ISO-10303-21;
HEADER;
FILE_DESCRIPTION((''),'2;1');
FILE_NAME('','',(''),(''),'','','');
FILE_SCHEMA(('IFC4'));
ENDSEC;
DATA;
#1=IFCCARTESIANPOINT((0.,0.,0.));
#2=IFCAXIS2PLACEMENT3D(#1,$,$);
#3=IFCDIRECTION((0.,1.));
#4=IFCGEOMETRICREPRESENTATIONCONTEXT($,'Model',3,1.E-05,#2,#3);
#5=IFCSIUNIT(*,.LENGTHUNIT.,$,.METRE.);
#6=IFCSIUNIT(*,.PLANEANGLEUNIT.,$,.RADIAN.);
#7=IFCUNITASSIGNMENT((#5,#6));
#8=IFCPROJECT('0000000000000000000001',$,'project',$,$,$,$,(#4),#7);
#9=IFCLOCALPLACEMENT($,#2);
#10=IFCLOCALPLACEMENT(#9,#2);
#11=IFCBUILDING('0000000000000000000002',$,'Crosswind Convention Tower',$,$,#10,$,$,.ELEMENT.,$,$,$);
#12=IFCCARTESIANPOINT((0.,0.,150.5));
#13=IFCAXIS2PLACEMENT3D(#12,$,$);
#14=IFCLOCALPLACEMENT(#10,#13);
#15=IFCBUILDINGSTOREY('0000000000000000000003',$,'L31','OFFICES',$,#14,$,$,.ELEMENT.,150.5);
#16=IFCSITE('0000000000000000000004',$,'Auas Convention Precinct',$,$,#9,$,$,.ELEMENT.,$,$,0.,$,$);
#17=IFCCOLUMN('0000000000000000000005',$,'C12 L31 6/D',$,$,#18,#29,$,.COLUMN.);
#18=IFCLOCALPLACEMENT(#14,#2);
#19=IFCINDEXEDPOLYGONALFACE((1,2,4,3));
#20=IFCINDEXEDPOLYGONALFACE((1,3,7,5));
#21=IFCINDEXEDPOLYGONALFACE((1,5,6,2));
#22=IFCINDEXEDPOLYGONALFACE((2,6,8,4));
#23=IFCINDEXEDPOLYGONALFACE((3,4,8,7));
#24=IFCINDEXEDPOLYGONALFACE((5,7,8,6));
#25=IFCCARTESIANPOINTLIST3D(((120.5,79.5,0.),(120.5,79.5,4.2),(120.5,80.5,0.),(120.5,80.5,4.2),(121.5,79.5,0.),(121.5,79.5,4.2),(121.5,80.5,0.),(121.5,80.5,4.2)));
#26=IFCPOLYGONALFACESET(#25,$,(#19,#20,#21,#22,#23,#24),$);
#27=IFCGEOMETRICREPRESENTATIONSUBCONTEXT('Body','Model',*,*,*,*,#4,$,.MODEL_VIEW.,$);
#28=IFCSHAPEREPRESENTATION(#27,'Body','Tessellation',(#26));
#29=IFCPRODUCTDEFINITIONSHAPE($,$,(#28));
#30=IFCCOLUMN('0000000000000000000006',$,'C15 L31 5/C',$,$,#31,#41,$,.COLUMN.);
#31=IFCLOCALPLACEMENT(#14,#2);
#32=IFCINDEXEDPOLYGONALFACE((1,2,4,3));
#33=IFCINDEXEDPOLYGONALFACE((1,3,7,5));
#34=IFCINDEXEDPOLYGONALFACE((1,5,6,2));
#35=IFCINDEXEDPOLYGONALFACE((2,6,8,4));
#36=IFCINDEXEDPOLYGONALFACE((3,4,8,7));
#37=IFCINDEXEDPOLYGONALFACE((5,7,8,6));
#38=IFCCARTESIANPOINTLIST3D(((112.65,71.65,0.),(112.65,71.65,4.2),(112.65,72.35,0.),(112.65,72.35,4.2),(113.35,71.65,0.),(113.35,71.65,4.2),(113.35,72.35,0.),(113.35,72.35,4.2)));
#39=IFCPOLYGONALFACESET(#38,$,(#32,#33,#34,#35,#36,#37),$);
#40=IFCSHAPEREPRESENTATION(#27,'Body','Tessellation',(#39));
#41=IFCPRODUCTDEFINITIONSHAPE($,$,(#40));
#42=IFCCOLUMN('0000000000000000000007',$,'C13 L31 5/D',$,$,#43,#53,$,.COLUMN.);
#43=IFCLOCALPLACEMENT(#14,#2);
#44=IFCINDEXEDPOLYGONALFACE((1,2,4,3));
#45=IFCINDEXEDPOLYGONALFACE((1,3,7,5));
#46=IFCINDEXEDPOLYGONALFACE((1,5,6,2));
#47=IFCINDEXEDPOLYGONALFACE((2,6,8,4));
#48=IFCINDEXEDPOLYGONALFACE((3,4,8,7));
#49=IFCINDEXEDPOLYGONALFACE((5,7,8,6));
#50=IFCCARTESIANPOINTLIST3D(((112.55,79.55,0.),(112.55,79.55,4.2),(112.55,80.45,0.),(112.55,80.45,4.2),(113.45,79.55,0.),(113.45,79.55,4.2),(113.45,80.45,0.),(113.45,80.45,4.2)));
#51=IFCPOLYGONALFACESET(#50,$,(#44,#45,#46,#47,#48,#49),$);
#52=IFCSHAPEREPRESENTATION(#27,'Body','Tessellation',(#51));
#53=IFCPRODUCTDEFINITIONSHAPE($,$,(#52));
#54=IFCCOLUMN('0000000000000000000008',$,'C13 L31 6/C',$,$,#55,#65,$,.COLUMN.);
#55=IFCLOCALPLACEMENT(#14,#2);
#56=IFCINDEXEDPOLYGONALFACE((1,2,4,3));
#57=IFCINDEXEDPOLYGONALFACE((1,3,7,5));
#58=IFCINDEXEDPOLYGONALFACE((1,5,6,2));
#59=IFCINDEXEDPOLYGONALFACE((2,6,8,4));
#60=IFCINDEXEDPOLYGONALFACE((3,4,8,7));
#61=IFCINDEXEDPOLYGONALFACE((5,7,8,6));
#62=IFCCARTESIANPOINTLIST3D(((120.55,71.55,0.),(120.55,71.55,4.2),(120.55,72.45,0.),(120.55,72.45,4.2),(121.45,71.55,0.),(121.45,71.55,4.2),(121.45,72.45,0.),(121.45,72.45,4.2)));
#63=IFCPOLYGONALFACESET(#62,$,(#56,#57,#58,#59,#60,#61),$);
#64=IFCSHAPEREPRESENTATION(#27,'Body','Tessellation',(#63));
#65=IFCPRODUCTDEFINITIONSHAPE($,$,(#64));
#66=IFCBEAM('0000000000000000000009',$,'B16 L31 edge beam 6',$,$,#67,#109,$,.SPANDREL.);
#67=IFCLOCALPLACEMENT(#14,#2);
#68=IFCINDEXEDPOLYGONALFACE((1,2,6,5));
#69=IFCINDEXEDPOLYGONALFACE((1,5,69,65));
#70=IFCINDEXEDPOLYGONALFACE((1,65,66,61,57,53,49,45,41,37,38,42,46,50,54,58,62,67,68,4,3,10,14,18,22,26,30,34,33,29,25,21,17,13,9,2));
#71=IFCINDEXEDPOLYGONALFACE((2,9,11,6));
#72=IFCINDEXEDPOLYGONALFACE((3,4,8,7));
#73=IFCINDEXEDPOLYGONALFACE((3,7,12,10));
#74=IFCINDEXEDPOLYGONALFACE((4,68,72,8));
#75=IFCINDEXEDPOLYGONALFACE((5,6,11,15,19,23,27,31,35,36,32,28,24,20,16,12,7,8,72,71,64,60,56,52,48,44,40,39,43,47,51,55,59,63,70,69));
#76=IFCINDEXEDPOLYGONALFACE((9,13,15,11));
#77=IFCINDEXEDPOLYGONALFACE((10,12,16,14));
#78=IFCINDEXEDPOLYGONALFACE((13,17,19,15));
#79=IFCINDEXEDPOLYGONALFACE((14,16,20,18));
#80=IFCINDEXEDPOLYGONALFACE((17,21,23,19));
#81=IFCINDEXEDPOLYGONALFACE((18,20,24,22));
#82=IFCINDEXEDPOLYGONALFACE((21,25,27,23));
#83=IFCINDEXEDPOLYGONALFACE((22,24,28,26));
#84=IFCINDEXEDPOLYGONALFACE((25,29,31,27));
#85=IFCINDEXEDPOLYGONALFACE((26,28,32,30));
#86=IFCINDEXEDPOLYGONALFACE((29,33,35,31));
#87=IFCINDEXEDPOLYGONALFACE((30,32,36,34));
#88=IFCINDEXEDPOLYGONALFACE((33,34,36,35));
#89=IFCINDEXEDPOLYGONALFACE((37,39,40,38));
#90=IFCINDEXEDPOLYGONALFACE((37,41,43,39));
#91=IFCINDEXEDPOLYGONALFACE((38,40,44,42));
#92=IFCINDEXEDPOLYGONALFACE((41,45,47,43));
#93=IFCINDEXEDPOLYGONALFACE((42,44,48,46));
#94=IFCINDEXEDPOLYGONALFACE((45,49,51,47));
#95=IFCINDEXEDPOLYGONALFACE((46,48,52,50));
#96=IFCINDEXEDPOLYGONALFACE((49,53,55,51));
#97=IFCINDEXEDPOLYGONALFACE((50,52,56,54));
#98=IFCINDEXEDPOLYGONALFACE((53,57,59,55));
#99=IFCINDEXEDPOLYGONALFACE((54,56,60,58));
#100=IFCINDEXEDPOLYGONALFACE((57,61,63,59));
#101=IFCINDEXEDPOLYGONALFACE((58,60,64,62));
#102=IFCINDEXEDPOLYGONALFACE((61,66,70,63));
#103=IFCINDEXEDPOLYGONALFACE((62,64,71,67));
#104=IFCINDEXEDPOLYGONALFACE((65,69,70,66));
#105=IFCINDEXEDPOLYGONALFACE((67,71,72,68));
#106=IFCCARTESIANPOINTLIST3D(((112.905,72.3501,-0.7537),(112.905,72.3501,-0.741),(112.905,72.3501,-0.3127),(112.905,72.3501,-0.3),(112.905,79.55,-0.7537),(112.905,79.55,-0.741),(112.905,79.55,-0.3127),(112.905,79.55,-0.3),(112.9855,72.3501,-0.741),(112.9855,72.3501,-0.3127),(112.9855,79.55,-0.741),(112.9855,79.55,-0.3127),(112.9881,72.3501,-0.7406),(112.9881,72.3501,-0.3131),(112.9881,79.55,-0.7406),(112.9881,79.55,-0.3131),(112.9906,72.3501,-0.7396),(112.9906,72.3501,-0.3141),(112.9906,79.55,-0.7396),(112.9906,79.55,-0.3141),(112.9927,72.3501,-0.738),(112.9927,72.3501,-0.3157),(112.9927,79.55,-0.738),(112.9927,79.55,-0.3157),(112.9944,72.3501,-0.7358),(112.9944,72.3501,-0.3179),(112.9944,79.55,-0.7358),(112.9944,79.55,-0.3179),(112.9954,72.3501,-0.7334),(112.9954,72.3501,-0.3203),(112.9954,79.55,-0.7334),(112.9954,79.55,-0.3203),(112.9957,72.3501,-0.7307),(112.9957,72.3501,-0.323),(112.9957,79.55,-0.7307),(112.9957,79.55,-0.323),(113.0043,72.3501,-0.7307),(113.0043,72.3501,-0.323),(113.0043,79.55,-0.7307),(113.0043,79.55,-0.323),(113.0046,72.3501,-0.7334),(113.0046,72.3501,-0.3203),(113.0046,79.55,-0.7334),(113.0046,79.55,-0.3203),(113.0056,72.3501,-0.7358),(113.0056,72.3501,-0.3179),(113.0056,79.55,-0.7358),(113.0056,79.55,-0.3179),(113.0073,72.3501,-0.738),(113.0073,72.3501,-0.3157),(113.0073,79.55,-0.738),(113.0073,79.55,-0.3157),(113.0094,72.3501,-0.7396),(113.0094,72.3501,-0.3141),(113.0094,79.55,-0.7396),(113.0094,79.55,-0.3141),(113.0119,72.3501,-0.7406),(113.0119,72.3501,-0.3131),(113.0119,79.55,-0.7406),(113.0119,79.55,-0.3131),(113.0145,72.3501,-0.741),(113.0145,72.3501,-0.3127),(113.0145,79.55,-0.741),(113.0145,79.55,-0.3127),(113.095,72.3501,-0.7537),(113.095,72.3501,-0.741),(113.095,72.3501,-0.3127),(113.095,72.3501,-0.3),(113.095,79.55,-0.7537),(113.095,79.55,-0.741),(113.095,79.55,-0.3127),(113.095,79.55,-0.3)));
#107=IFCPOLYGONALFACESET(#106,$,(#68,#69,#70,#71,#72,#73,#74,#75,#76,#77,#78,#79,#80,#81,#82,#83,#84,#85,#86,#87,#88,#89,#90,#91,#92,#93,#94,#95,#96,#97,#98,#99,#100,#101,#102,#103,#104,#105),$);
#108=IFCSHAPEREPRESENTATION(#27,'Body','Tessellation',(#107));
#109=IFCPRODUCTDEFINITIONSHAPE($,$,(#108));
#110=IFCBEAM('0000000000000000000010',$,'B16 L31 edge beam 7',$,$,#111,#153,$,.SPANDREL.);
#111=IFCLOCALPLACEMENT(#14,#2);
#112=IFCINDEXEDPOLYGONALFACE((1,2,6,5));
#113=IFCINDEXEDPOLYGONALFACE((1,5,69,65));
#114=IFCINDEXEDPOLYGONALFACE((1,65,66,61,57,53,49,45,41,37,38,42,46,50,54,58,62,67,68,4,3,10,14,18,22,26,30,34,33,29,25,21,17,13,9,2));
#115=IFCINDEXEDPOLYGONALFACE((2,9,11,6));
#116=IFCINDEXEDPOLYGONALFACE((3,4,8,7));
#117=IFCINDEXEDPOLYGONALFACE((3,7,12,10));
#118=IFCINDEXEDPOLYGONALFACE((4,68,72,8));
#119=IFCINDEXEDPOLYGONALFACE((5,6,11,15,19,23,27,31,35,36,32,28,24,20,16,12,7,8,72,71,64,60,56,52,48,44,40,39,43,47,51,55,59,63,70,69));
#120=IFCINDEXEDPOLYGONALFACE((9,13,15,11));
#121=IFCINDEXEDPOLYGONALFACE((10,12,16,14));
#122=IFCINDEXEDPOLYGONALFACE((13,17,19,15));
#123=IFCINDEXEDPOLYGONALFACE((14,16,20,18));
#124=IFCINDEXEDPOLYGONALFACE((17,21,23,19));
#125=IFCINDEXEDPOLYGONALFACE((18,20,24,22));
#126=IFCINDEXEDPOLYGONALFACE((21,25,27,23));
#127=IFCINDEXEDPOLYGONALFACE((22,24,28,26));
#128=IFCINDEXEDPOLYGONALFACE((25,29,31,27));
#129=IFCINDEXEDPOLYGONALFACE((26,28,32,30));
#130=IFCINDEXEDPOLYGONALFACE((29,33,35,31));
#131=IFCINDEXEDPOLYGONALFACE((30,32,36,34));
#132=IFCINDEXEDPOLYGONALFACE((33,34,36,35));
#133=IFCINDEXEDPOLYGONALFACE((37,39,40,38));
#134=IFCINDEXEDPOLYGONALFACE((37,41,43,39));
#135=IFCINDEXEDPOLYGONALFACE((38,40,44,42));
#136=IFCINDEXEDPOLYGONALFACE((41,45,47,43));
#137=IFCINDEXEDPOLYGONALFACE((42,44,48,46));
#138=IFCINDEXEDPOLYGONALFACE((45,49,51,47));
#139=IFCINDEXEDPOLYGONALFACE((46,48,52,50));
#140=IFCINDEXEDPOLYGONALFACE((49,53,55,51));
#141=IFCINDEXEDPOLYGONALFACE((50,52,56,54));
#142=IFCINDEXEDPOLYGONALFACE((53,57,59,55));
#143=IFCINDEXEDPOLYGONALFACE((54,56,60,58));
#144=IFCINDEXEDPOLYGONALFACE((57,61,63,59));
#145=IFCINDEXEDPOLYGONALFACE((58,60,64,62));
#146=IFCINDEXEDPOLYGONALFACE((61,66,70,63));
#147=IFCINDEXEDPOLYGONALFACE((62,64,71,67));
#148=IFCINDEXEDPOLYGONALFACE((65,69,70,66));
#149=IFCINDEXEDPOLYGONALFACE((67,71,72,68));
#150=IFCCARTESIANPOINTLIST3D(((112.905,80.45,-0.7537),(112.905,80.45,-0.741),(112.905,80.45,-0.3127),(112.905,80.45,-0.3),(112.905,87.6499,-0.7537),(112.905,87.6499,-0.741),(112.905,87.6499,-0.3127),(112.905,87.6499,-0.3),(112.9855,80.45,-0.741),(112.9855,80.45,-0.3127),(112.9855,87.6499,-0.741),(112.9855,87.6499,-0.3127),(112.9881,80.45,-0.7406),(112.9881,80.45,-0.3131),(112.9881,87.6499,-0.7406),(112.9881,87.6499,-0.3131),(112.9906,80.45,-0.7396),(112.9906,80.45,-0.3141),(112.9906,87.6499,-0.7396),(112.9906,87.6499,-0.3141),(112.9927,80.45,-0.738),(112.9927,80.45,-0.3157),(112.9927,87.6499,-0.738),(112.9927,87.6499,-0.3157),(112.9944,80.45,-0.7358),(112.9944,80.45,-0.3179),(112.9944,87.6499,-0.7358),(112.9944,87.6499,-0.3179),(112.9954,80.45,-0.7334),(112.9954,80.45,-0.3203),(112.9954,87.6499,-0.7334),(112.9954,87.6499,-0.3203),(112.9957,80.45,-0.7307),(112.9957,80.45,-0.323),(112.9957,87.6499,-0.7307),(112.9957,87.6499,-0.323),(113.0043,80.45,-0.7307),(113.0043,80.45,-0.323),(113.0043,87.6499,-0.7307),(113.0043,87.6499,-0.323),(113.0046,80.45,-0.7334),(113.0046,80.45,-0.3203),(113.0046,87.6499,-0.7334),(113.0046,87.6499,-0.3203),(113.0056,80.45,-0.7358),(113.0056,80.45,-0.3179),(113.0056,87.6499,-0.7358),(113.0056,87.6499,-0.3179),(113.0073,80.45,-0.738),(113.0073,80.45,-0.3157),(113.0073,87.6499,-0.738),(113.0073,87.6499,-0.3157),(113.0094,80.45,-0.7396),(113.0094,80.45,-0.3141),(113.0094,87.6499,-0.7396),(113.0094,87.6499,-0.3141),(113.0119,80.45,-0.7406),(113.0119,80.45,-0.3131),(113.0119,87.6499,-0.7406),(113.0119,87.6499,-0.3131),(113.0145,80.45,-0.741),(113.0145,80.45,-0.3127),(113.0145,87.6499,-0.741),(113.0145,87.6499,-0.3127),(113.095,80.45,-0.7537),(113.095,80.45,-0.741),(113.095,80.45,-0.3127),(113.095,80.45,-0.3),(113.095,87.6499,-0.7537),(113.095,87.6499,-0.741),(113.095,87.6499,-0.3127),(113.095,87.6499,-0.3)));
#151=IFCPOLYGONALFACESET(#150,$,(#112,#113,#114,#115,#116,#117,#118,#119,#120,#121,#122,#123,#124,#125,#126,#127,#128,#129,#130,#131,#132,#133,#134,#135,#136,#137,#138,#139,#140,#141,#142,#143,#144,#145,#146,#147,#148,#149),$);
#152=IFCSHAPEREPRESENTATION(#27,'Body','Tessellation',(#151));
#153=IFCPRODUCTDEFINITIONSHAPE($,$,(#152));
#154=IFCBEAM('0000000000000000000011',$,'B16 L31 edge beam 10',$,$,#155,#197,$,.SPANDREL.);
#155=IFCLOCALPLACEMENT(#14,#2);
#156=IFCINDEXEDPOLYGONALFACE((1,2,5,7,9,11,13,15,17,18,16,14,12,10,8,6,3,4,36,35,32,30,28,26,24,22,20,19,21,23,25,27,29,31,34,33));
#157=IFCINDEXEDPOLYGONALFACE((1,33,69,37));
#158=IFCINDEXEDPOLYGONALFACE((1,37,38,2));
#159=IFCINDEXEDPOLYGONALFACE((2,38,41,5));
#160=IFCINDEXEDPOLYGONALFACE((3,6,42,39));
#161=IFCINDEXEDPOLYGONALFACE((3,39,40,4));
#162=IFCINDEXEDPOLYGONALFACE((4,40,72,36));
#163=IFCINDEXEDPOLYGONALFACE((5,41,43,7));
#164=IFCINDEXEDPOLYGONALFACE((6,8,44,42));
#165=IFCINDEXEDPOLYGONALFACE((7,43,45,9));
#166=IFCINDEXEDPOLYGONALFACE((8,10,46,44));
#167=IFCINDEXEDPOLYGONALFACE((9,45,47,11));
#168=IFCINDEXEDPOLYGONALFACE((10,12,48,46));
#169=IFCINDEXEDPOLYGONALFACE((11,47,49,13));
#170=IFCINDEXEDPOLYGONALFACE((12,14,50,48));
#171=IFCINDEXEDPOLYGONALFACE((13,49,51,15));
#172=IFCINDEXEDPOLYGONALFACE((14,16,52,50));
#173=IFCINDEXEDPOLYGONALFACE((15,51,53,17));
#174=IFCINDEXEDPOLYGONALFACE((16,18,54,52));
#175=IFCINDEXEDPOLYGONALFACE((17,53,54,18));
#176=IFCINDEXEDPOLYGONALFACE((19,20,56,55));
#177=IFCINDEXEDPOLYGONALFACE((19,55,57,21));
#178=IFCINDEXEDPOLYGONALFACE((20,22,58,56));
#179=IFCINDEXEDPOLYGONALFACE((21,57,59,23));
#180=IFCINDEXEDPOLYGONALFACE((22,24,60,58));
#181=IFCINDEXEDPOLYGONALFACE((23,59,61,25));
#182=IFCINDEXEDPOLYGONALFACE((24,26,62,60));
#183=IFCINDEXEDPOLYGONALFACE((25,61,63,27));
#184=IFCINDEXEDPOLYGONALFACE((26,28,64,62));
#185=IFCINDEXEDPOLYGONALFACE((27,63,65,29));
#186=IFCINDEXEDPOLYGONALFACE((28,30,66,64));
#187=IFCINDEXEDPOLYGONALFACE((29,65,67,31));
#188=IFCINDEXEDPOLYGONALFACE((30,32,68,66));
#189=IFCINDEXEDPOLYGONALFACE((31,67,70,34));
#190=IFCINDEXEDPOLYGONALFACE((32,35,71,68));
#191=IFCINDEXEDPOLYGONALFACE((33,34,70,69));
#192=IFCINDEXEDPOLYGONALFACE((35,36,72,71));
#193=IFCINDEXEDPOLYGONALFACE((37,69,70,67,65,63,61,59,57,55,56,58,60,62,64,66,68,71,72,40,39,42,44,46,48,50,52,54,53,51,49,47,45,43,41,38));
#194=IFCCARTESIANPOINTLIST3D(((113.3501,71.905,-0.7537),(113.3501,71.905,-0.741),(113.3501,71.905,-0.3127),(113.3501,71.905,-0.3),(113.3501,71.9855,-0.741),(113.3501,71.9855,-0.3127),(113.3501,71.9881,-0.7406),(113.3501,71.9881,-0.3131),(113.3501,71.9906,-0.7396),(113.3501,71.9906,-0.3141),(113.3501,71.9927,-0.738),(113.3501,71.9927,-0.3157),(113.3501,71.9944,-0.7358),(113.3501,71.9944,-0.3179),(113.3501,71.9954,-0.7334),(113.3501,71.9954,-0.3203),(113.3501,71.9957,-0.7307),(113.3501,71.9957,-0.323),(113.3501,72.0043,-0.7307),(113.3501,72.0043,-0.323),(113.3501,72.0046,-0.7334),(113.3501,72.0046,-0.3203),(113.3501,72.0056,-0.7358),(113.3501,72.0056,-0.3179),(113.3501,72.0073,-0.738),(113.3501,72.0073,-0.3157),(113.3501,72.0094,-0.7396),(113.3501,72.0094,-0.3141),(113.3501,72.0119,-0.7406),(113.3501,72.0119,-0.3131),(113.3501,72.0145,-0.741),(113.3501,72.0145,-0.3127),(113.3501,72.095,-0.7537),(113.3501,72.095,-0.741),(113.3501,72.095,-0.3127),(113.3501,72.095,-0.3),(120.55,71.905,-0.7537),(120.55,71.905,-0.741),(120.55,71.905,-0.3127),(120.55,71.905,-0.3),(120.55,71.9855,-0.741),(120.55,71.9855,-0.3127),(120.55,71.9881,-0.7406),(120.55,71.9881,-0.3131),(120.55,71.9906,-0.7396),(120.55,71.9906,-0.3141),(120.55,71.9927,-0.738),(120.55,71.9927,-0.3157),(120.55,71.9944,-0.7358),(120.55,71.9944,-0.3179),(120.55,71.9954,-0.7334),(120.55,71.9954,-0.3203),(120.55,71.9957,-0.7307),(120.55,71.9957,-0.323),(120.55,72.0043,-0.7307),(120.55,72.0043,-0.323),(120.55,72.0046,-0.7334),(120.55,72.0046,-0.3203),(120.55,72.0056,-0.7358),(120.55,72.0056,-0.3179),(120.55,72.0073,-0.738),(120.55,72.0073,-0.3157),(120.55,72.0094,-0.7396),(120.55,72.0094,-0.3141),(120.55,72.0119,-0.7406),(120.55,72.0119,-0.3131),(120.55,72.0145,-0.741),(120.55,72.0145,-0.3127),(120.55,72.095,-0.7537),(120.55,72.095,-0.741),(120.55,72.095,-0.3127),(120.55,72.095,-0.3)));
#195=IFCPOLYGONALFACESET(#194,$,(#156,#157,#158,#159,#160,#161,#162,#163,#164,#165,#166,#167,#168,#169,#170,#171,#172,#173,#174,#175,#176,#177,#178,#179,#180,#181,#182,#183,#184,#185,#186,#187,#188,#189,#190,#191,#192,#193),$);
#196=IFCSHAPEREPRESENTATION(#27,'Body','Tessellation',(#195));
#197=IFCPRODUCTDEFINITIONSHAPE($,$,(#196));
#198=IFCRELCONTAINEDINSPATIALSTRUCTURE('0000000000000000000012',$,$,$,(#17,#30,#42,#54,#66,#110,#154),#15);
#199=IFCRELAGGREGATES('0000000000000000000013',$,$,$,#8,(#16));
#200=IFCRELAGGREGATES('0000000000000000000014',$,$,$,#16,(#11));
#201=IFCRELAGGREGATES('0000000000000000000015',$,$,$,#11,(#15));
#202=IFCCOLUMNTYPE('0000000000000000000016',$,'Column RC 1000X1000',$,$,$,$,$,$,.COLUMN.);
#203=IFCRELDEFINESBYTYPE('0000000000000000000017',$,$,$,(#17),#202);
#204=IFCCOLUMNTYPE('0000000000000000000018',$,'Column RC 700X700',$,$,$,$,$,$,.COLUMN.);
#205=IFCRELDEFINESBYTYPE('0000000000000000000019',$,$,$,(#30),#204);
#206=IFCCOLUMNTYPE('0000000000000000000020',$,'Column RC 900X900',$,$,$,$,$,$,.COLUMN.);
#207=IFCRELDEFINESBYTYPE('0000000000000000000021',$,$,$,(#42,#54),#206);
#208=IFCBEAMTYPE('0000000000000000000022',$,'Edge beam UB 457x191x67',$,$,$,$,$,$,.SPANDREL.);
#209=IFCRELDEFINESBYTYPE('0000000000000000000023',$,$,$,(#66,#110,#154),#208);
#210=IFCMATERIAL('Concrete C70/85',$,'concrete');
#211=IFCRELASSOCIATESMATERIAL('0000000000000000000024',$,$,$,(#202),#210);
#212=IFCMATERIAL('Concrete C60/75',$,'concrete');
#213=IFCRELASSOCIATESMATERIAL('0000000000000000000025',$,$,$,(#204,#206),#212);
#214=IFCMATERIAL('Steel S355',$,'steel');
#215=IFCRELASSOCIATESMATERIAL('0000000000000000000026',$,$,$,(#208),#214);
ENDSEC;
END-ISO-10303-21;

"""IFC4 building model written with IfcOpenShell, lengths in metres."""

from ifc_helpers import new_model, si_unit, direction, frame, origin, origin_2d, place, context, subcontext, project, spatial, rectangle, i_section, extrude, material, material_profile, profile_set, type_object, element, save


model = new_model("IFC4")

# Units and contexts
model_context = context("Model", 3, precision=1e-05, world=origin(), true_north=direction((0.0, 1.0)))
body_context = subcontext(model_context, "Body", "Model", "MODEL_VIEW")
ifc_project = project(units=[si_unit("LENGTHUNIT", "METRE"), si_unit("PLANEANGLEUNIT", "RADIAN")], contexts=[model_context])

# Site, building, storey
site_placement = place(None, origin())
site = spatial("IfcSite", under=ifc_project, at=site_placement, Name="Auas Convention Precinct", CompositionType="ELEMENT", RefElevation=0.0)
building_placement = place(site_placement, origin())
building = spatial("IfcBuilding", under=site, at=building_placement, Name="Crosswind Convention Tower", CompositionType="ELEMENT")
storey_placement = place(building_placement, frame((0.0, 0.0, 150.5)))
storey = spatial("IfcBuildingStorey", under=building, at=storey_placement, Name="L31", Description="OFFICES", CompositionType="ELEMENT", Elevation=150.5)

# Columns
ifc_material_1 = material(Name="Concrete C70/85", Category="concrete")
ifc_material_profile_1 = material_profile(ifc_material_1, rectangle(XDim=1.0, YDim=1.0, at=origin_2d()), Name="RC 1000X1000")
ifc_profile_set_1 = profile_set([ifc_material_profile_1], Name="Concrete C70/85")
column_type_1 = type_object("IfcColumnType", Name="Column RC 1000X1000", PredefinedType="COLUMN", material=ifc_profile_set_1)
column_1_placement = place(storey_placement, frame((121.0, 80.0, 0.0), z_axis=(0.0, 0.0, 1.0), x_axis=(1.0, 0.0, 0.0)))
element("IfcColumn", 1, at=column_1_placement, inside=storey, type_object=column_type_1, Name="C12 L31 6/D", PredefinedType="COLUMN", context=body_context, shape_type="SweptSolid", body=[
    extrude(rectangle(XDim=1.0, YDim=1.0, at=origin_2d()), origin(), (0.0, 0.0, 1.0), 4.2),
])
ifc_material_2 = material(Name="Concrete C60/75", Category="concrete")
ifc_material_profile_2 = material_profile(ifc_material_2, rectangle(XDim=0.7, YDim=0.7, at=origin_2d()), Name="RC 700X700")
ifc_profile_set_2 = profile_set([ifc_material_profile_2], Name="Concrete C60/75")
column_type_2 = type_object("IfcColumnType", Name="Column RC 700X700", PredefinedType="COLUMN", material=ifc_profile_set_2)
column_2_placement = place(storey_placement, frame((113.0, 72.0, 0.0), z_axis=(0.0, 0.0, 1.0), x_axis=(1.0, 0.0, 0.0)))
element("IfcColumn", 2, at=column_2_placement, inside=storey, type_object=column_type_2, Name="C15 L31 5/C", PredefinedType="COLUMN", context=body_context, shape_type="SweptSolid", body=[
    extrude(rectangle(XDim=0.7, YDim=0.7, at=origin_2d()), origin(), (0.0, 0.0, 1.0), 4.2),
])
ifc_material_profile_3 = material_profile(ifc_material_2, rectangle(XDim=0.8999, YDim=0.8999, at=origin_2d()), Name="RC 900X900")
ifc_profile_set_3 = profile_set([ifc_material_profile_3], Name="Concrete C60/75")
column_type_3 = type_object("IfcColumnType", Name="Column RC 900X900", PredefinedType="COLUMN", material=ifc_profile_set_3)
for number, where, z_axis, x_axis, name in (
    (3, (113.0, 80.0, 0.0), (0.0, 0.0, 1.0), (1.0, 0.0, 0.0), "C13 L31 5/D"),
    (4, (121.0, 72.0, 0.0), (0.0, 0.0, 1.0), (1.0, 0.0, 0.0), "C13 L31 6/C"),
):
    element("IfcColumn", number, at=place(storey_placement, frame(where, z_axis=z_axis, x_axis=x_axis)), inside=storey, type_object=column_type_3, Name=name, PredefinedType="COLUMN", context=body_context, shape_type="SweptSolid", body=[
        extrude(rectangle(XDim=0.8999, YDim=0.8999, at=origin_2d()), origin(), (0.0, 0.0, 1.0), 4.2),
    ])

# Beams
ifc_material_3 = material(Name="Steel S355", Category="steel")
ifc_material_profile_4 = material_profile(ifc_material_3, i_section(OverallWidth=0.1899, OverallDepth=0.4536, WebThickness=0.0085, FlangeThickness=0.0127, FilletRadius=0.0103, at=origin_2d()), Name="UB 457x191x67")
ifc_profile_set_4 = profile_set([ifc_material_profile_4], Name="Steel S355")
beam_type_1 = type_object("IfcBeamType", Name="Edge beam UB 457x191x67", PredefinedType="SPANDREL", material=ifc_profile_set_4)
for number, where, z_axis, x_axis, name in (
    (5, (113.0, 72.3501, -0.5269), (0.0, 1.0, 0.0), (-1.0, 0.0, 0.0), "B16 L31 edge beam 6"),
    (6, (113.0, 80.45, -0.5269), (0.0, 1.0, 0.0), (-1.0, 0.0, 0.0), "B16 L31 edge beam 7"),
    (7, (113.3501, 72.0, -0.5269), (1.0, 0.0, 0.0), (0.0, 1.0, 0.0), "B16 L31 edge beam 10"),
):
    element("IfcBeam", number, at=place(storey_placement, frame(where, z_axis=z_axis, x_axis=x_axis)), inside=storey, type_object=beam_type_1, Name=name, PredefinedType="SPANDREL", context=body_context, shape_type="SweptSolid", body=[
        extrude(i_section(OverallWidth=0.1899, OverallDepth=0.4536, WebThickness=0.0085, FlangeThickness=0.0127, FilletRadius=0.0103, at=origin_2d()), origin(), (0.0, 0.0, 1.0), 7.2),
    ])

save(model, "model.ifc")
